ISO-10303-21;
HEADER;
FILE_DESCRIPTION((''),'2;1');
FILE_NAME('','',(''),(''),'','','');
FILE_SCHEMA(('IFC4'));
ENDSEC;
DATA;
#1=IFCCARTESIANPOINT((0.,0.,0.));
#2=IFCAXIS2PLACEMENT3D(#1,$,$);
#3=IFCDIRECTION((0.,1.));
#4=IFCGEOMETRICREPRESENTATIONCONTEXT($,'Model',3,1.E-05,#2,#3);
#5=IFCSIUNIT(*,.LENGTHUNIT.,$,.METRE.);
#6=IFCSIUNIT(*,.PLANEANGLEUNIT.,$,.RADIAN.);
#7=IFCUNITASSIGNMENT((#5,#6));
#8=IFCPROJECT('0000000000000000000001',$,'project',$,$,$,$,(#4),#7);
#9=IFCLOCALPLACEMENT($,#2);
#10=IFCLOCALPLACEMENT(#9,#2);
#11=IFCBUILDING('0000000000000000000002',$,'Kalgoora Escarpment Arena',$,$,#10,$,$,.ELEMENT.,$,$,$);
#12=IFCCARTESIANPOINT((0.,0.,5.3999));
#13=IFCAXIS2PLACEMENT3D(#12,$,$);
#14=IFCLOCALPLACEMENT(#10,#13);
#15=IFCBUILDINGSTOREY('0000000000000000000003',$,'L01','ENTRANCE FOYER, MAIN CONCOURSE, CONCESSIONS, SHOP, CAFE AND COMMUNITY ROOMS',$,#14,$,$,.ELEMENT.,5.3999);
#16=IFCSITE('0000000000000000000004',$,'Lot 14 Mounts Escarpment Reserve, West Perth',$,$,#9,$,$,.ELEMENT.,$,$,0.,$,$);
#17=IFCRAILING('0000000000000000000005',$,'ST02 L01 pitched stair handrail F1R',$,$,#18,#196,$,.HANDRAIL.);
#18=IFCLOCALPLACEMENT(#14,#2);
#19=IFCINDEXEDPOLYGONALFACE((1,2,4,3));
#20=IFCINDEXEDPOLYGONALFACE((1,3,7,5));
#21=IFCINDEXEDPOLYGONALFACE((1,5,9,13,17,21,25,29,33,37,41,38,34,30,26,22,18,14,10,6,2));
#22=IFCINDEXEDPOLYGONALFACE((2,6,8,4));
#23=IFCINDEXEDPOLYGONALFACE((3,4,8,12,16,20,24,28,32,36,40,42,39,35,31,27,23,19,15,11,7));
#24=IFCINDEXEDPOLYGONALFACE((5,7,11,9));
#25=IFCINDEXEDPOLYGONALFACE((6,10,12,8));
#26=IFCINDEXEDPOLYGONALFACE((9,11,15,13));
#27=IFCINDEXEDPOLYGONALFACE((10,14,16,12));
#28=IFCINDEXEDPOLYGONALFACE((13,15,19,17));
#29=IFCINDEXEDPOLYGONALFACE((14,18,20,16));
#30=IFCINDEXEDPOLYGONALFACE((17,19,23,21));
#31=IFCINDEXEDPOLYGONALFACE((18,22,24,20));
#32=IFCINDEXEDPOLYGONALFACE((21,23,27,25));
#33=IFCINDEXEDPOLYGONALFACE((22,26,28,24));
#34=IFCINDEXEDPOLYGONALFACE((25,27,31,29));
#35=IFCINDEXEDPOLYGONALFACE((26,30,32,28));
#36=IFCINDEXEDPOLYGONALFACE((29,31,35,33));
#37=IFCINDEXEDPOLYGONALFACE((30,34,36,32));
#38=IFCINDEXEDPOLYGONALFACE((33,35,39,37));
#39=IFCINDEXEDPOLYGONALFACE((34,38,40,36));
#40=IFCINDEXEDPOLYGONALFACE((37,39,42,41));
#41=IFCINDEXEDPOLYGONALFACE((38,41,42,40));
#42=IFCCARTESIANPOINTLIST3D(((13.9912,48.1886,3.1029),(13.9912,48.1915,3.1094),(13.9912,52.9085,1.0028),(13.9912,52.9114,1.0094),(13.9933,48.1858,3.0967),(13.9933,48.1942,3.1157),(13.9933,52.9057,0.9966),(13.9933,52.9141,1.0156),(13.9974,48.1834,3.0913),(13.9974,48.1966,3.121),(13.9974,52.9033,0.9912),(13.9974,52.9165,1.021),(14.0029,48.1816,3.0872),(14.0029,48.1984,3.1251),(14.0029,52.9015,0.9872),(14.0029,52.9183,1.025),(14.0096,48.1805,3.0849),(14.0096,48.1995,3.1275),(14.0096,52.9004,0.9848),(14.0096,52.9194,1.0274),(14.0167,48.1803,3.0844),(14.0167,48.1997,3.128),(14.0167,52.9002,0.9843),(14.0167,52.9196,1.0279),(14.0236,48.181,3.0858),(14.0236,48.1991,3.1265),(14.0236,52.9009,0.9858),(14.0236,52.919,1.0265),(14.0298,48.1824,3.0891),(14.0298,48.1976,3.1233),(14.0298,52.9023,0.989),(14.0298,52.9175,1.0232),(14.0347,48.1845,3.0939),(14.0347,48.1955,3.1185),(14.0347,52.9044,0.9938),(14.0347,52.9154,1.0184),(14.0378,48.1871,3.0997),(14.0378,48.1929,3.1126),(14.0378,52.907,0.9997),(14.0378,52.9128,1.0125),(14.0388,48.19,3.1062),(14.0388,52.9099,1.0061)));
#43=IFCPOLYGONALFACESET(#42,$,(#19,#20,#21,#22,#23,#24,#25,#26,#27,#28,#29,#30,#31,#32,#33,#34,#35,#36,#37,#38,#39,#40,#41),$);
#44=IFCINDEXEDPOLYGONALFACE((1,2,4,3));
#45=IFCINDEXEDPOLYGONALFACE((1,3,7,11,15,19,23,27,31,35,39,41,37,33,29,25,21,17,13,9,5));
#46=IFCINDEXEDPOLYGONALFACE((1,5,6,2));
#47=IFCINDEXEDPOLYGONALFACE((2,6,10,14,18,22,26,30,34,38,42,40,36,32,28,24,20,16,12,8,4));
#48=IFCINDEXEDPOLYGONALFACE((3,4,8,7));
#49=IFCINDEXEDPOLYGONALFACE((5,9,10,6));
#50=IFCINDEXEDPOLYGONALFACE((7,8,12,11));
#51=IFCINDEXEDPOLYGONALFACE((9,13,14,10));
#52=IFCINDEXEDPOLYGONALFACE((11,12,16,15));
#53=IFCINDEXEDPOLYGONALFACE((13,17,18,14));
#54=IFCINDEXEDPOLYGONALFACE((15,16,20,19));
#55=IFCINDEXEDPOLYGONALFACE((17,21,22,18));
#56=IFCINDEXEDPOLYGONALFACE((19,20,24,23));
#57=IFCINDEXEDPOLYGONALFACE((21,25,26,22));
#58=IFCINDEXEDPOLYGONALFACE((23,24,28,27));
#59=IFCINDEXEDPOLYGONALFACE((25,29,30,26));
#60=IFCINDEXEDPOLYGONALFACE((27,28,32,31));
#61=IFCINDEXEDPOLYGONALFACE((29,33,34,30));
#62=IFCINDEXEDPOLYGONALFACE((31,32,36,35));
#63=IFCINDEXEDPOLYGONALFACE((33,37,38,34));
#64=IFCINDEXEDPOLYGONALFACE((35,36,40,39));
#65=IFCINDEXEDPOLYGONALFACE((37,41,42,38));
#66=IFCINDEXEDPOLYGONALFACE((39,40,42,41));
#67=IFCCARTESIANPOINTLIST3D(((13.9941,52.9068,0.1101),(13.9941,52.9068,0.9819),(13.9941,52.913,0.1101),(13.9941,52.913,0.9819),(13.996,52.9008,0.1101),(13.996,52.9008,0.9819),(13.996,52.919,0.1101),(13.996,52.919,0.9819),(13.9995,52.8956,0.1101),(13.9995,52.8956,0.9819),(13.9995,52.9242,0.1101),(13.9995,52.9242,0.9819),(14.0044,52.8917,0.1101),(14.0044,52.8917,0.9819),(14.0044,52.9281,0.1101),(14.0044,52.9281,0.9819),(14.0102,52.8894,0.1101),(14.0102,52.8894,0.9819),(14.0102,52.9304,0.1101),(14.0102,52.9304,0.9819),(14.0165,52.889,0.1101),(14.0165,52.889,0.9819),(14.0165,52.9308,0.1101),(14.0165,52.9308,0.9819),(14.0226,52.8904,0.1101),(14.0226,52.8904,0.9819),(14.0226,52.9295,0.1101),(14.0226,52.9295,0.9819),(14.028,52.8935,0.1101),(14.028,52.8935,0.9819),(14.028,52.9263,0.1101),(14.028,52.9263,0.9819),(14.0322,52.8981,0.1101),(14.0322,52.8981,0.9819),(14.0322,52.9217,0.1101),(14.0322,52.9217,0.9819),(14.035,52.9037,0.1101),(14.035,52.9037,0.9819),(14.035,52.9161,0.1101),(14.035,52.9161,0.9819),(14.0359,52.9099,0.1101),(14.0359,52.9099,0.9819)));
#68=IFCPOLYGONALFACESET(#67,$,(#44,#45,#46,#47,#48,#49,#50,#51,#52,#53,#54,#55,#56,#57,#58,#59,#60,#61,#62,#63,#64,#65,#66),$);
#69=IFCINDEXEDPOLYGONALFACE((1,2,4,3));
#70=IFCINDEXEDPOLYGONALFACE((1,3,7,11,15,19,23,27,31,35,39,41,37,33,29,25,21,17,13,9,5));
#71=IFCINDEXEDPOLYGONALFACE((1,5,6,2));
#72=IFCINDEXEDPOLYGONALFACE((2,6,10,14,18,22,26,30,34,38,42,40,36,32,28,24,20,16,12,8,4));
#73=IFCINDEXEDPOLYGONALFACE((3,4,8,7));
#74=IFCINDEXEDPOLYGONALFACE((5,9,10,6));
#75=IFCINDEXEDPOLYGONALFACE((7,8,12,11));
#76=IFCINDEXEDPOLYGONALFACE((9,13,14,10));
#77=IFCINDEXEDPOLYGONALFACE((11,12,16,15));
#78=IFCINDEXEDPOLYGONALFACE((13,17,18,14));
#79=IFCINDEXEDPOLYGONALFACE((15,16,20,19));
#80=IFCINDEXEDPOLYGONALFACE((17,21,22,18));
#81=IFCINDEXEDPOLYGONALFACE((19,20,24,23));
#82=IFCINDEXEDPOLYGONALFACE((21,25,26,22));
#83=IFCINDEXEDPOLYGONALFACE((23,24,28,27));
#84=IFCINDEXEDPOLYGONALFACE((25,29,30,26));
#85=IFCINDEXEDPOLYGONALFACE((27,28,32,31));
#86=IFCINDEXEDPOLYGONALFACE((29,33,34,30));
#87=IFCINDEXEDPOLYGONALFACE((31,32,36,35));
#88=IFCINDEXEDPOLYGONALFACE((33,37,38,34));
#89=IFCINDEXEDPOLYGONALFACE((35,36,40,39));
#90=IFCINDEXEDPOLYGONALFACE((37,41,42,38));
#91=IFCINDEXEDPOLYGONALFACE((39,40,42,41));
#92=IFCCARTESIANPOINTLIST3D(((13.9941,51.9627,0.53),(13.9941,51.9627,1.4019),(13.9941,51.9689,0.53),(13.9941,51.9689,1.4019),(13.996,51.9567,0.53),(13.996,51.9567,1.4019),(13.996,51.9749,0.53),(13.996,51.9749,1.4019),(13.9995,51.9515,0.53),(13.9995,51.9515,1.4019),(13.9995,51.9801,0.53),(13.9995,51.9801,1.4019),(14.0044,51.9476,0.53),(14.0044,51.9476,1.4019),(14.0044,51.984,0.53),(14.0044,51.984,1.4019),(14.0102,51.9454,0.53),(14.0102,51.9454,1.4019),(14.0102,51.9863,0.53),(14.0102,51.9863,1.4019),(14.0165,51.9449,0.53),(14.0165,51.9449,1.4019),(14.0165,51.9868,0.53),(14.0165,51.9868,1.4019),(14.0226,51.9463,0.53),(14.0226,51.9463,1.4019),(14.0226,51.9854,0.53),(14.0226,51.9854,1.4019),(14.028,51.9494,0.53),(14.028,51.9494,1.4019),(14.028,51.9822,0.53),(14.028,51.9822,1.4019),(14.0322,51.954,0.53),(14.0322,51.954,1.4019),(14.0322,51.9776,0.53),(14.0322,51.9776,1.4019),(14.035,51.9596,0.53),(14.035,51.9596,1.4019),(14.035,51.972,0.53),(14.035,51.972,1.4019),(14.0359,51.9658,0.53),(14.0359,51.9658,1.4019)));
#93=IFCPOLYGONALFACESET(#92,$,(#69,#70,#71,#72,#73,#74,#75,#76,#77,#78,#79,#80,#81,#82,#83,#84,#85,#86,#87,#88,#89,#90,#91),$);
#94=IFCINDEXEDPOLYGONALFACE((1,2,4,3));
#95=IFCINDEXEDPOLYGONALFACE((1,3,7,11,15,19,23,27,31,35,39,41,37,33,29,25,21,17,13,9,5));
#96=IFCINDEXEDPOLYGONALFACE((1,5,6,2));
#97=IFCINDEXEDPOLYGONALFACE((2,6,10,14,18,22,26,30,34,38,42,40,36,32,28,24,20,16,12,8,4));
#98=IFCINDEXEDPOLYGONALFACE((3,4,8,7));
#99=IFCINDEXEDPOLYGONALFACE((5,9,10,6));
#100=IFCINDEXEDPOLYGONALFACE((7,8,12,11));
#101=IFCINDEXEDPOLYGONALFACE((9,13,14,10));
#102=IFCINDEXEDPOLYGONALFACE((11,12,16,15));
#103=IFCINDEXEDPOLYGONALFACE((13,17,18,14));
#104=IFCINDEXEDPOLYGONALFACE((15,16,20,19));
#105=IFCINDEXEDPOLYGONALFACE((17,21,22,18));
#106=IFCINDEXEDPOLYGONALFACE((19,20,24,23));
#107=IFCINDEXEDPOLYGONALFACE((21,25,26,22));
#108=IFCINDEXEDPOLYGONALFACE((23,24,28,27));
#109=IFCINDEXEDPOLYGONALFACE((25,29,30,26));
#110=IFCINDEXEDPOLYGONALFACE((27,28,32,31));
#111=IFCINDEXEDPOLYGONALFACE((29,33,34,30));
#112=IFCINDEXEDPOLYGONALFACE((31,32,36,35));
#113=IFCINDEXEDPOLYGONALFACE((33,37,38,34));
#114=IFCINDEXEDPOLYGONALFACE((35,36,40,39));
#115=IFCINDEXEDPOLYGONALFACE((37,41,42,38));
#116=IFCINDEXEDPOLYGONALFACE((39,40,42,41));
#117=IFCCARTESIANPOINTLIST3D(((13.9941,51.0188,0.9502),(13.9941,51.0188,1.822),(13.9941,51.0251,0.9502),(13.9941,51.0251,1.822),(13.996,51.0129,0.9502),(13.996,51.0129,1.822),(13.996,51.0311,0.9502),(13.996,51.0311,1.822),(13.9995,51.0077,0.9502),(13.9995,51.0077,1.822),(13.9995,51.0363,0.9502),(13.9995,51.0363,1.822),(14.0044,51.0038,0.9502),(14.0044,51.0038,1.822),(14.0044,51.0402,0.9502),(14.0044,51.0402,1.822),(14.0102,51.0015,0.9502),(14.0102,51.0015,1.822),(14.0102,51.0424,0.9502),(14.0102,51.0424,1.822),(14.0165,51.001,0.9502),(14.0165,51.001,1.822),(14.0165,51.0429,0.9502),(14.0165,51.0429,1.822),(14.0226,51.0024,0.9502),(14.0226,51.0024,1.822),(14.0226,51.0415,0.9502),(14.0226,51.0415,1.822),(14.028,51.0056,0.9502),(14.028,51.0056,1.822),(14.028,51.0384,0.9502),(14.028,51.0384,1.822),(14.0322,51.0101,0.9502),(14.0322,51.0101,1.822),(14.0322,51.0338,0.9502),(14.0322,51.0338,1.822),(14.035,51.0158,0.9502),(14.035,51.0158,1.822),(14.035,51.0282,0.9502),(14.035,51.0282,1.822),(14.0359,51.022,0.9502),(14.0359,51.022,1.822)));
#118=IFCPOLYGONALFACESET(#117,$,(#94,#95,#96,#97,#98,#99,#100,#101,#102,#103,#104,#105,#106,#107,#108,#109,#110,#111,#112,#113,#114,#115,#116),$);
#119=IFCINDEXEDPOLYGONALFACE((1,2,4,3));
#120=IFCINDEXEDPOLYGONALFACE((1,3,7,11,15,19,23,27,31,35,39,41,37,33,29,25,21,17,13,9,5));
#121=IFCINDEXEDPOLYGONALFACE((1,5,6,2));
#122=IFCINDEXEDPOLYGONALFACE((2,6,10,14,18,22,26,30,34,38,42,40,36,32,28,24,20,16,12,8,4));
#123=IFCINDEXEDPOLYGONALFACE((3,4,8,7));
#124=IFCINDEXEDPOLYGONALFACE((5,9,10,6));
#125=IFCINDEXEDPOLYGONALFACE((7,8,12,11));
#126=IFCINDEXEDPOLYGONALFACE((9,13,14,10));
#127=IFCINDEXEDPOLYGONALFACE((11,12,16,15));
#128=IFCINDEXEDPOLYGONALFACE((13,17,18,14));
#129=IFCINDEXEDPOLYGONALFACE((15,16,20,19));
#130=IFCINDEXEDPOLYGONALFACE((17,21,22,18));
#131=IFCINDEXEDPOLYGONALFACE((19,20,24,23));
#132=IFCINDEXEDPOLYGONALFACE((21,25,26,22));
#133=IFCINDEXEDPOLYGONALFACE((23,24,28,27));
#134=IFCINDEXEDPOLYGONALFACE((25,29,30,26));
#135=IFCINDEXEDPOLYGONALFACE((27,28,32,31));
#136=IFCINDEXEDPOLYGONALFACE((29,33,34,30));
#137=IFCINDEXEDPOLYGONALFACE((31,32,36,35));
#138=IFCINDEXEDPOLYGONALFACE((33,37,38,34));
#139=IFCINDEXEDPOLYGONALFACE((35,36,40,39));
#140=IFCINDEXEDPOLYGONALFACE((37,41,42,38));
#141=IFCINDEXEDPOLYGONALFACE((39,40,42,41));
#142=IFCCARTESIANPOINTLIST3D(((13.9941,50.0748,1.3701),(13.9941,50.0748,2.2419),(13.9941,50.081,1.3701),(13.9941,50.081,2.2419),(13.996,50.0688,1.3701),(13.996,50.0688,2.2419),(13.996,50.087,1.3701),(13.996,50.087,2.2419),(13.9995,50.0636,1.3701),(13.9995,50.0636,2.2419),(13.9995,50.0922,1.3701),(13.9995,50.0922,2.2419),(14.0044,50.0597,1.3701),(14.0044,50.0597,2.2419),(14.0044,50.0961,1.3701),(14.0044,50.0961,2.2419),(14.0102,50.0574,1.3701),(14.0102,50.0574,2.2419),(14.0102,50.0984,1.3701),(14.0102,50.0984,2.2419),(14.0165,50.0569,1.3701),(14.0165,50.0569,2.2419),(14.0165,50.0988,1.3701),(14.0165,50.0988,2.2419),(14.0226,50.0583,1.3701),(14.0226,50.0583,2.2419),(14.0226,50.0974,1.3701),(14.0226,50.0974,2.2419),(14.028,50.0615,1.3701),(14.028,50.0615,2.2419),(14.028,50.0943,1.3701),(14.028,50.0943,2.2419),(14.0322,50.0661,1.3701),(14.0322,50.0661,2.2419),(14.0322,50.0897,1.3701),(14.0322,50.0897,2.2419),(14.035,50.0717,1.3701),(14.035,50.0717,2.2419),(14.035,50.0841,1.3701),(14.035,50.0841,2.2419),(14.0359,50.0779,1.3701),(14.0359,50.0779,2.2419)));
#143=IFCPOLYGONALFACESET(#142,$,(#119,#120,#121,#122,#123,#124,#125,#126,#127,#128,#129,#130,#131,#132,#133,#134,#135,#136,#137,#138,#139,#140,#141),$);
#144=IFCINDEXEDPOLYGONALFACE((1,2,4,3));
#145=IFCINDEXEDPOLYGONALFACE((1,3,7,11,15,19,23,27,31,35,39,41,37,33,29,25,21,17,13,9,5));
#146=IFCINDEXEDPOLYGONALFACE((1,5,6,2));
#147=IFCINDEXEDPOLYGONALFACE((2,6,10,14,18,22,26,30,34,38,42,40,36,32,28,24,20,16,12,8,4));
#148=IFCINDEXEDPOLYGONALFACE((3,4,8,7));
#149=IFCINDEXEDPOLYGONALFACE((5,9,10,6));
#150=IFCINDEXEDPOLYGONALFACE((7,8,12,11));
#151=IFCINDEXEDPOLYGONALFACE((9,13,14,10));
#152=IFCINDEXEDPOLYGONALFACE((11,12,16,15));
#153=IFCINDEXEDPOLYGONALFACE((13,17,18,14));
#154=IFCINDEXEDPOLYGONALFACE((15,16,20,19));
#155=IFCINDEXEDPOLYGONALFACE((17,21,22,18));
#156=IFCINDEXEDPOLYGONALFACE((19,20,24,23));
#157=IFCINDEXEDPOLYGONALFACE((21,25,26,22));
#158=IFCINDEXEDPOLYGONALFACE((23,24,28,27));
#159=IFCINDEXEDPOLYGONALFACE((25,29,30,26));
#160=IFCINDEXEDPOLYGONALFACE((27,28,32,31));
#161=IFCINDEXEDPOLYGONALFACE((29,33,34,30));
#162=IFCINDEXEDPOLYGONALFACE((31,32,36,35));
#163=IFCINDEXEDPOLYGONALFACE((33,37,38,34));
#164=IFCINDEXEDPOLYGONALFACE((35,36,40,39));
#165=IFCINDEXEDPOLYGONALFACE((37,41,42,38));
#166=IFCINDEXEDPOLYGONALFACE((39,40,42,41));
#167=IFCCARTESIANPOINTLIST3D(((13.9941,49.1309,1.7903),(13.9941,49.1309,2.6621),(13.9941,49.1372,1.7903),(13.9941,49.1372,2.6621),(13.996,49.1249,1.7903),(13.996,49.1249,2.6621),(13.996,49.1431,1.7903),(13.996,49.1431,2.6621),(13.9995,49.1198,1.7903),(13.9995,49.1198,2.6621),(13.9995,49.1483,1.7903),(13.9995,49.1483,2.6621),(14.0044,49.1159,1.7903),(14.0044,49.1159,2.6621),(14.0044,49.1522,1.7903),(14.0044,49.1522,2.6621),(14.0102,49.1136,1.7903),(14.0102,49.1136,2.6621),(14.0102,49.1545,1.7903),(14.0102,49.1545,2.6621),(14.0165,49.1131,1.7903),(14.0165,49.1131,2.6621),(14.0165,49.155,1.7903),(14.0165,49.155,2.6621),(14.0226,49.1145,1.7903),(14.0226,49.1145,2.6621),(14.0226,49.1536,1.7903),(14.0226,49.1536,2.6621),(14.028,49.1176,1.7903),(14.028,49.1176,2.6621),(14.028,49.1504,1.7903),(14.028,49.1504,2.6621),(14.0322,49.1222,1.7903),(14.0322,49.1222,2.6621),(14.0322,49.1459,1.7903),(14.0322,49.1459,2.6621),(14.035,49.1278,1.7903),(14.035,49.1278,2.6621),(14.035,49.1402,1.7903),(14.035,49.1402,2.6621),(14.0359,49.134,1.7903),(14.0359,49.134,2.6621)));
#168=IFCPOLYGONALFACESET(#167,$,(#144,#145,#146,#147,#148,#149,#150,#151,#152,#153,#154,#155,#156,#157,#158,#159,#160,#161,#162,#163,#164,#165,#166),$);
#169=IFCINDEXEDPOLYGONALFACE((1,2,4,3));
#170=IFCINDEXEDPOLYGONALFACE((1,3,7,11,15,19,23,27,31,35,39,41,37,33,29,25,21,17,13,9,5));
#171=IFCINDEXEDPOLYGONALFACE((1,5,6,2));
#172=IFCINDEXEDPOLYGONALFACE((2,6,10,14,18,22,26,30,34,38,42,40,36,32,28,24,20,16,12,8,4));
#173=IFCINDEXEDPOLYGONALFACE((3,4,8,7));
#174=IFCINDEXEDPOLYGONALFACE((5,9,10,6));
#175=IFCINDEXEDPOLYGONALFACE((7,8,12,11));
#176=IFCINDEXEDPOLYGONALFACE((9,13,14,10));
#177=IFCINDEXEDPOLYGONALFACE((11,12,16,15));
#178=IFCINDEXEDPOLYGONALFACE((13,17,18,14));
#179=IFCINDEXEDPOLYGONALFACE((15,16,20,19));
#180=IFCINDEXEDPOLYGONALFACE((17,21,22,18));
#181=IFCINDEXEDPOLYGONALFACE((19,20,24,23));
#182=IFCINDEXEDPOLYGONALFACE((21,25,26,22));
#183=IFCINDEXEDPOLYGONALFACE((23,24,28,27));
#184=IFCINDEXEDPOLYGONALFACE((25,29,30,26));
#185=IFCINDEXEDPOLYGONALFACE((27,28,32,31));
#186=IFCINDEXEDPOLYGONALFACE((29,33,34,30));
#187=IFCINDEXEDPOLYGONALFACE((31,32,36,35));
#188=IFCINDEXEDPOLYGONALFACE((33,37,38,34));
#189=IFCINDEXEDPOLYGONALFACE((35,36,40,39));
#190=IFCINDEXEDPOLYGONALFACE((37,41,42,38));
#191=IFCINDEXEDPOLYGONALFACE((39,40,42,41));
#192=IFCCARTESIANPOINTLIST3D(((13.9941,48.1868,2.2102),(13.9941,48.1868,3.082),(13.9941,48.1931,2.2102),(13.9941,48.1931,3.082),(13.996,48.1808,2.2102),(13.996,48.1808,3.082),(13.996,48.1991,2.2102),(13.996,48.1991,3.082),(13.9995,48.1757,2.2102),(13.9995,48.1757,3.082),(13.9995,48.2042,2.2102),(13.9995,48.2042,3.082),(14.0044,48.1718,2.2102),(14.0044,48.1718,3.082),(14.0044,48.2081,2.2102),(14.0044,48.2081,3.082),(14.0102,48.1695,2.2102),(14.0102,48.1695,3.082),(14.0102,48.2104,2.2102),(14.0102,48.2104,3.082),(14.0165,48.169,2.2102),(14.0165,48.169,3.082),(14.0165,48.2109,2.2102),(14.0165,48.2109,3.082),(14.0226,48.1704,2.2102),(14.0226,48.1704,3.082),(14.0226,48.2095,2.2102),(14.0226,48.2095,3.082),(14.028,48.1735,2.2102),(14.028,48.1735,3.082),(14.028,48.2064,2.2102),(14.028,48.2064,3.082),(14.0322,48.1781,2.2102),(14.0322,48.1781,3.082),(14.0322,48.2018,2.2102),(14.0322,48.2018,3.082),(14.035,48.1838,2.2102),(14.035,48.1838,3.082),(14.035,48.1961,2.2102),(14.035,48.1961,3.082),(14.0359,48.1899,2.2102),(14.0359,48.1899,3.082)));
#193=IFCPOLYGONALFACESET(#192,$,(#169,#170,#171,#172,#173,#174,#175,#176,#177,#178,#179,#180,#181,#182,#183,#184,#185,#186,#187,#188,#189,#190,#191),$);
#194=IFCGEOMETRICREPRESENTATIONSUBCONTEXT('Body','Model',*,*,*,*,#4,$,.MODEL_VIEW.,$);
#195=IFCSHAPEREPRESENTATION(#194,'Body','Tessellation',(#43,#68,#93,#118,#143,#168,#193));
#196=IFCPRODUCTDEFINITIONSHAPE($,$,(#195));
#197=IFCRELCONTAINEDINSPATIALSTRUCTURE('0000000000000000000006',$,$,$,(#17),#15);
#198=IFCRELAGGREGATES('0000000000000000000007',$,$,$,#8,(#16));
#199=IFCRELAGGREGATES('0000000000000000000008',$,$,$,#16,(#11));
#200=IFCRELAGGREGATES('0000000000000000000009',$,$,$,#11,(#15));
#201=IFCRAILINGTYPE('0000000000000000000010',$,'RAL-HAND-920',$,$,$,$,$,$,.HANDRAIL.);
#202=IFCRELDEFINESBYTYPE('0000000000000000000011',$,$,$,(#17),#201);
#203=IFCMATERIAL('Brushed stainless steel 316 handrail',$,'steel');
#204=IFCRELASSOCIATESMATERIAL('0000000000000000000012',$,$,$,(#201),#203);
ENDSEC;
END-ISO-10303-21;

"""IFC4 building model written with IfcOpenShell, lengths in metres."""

from ifc_helpers import new_model, si_unit, direction, frame, origin, origin_2d, place, context, subcontext, project, spatial, circle, extrude, material, type_object, element, save


model = new_model("IFC4")

# Units and contexts
model_context = context("Model", 3, precision=1e-05, world=origin(), true_north=direction((0.0, 1.0)))
body_context = subcontext(model_context, "Body", "Model", "MODEL_VIEW")
ifc_project = project(units=[si_unit("LENGTHUNIT", "METRE"), si_unit("PLANEANGLEUNIT", "RADIAN")], contexts=[model_context])

# Site, building, storey
site_placement = place(None, origin())
site = spatial("IfcSite", under=ifc_project, at=site_placement, Name="Lot 14 Mounts Escarpment Reserve, West Perth", CompositionType="ELEMENT", RefElevation=0.0)
building_placement = place(site_placement, origin())
building = spatial("IfcBuilding", under=site, at=building_placement, Name="Kalgoora Escarpment Arena", CompositionType="ELEMENT")
storey_placement = place(building_placement, frame((0.0, 0.0, 5.3999)))
storey = spatial("IfcBuildingStorey", under=building, at=storey_placement, Name="L01", Description="ENTRANCE FOYER, MAIN CONCOURSE, CONCESSIONS, SHOP, CAFE AND COMMUNITY ROOMS", CompositionType="ELEMENT", Elevation=5.3999)

# Railing
ifc_material_1 = material(Name="Brushed stainless steel 316 handrail", Category="steel")
railing_type_1 = type_object("IfcRailingType", Name="RAL-HAND-920", PredefinedType="HANDRAIL", material=ifc_material_1)
for number, where, name in (
    (1, (14.0149, 52.9099, 0.1101), "ST02 L01 pitched stair handrail F1R"),
):
    element("IfcRailing", number, at=place(storey_placement, frame(where)), inside=storey, type_object=railing_type_1, Name=name, PredefinedType="HANDRAIL", context=body_context, shape_type="SweptSolid", body=[
        extrude(circle(Radius=0.0239, at=origin_2d()), frame((0.0, 0.0, 0.896), z_axis=(0.0, -0.913644, 0.406516), x_axis=(1.0, 0.0, 0.0)), (0.0, 0.0, 1.0), 5.166),
        extrude(circle(Radius=0.021, at=origin_2d()), origin(), (0.0, 0.0, 1.0), 0.8718),
        extrude(circle(Radius=0.021, at=origin_2d()), frame((0.0, -0.9441, 0.4199)), (0.0, 0.0, 1.0), 0.8718),
        extrude(circle(Radius=0.021, at=origin_2d()), frame((0.0, -1.8879, 0.8401)), (0.0, 0.0, 1.0), 0.8718),
        extrude(circle(Radius=0.021, at=origin_2d()), frame((0.0, -2.832, 1.26)), (0.0, 0.0, 1.0), 0.8718),
        extrude(circle(Radius=0.021, at=origin_2d()), frame((0.0, -3.7759, 1.6802)), (0.0, 0.0, 1.0), 0.8718),
        extrude(circle(Radius=0.021, at=origin_2d()), frame((0.0, -4.72, 2.1001)), (0.0, 0.0, 1.0), 0.8718),
    ])

save(model, "model.ifc")
